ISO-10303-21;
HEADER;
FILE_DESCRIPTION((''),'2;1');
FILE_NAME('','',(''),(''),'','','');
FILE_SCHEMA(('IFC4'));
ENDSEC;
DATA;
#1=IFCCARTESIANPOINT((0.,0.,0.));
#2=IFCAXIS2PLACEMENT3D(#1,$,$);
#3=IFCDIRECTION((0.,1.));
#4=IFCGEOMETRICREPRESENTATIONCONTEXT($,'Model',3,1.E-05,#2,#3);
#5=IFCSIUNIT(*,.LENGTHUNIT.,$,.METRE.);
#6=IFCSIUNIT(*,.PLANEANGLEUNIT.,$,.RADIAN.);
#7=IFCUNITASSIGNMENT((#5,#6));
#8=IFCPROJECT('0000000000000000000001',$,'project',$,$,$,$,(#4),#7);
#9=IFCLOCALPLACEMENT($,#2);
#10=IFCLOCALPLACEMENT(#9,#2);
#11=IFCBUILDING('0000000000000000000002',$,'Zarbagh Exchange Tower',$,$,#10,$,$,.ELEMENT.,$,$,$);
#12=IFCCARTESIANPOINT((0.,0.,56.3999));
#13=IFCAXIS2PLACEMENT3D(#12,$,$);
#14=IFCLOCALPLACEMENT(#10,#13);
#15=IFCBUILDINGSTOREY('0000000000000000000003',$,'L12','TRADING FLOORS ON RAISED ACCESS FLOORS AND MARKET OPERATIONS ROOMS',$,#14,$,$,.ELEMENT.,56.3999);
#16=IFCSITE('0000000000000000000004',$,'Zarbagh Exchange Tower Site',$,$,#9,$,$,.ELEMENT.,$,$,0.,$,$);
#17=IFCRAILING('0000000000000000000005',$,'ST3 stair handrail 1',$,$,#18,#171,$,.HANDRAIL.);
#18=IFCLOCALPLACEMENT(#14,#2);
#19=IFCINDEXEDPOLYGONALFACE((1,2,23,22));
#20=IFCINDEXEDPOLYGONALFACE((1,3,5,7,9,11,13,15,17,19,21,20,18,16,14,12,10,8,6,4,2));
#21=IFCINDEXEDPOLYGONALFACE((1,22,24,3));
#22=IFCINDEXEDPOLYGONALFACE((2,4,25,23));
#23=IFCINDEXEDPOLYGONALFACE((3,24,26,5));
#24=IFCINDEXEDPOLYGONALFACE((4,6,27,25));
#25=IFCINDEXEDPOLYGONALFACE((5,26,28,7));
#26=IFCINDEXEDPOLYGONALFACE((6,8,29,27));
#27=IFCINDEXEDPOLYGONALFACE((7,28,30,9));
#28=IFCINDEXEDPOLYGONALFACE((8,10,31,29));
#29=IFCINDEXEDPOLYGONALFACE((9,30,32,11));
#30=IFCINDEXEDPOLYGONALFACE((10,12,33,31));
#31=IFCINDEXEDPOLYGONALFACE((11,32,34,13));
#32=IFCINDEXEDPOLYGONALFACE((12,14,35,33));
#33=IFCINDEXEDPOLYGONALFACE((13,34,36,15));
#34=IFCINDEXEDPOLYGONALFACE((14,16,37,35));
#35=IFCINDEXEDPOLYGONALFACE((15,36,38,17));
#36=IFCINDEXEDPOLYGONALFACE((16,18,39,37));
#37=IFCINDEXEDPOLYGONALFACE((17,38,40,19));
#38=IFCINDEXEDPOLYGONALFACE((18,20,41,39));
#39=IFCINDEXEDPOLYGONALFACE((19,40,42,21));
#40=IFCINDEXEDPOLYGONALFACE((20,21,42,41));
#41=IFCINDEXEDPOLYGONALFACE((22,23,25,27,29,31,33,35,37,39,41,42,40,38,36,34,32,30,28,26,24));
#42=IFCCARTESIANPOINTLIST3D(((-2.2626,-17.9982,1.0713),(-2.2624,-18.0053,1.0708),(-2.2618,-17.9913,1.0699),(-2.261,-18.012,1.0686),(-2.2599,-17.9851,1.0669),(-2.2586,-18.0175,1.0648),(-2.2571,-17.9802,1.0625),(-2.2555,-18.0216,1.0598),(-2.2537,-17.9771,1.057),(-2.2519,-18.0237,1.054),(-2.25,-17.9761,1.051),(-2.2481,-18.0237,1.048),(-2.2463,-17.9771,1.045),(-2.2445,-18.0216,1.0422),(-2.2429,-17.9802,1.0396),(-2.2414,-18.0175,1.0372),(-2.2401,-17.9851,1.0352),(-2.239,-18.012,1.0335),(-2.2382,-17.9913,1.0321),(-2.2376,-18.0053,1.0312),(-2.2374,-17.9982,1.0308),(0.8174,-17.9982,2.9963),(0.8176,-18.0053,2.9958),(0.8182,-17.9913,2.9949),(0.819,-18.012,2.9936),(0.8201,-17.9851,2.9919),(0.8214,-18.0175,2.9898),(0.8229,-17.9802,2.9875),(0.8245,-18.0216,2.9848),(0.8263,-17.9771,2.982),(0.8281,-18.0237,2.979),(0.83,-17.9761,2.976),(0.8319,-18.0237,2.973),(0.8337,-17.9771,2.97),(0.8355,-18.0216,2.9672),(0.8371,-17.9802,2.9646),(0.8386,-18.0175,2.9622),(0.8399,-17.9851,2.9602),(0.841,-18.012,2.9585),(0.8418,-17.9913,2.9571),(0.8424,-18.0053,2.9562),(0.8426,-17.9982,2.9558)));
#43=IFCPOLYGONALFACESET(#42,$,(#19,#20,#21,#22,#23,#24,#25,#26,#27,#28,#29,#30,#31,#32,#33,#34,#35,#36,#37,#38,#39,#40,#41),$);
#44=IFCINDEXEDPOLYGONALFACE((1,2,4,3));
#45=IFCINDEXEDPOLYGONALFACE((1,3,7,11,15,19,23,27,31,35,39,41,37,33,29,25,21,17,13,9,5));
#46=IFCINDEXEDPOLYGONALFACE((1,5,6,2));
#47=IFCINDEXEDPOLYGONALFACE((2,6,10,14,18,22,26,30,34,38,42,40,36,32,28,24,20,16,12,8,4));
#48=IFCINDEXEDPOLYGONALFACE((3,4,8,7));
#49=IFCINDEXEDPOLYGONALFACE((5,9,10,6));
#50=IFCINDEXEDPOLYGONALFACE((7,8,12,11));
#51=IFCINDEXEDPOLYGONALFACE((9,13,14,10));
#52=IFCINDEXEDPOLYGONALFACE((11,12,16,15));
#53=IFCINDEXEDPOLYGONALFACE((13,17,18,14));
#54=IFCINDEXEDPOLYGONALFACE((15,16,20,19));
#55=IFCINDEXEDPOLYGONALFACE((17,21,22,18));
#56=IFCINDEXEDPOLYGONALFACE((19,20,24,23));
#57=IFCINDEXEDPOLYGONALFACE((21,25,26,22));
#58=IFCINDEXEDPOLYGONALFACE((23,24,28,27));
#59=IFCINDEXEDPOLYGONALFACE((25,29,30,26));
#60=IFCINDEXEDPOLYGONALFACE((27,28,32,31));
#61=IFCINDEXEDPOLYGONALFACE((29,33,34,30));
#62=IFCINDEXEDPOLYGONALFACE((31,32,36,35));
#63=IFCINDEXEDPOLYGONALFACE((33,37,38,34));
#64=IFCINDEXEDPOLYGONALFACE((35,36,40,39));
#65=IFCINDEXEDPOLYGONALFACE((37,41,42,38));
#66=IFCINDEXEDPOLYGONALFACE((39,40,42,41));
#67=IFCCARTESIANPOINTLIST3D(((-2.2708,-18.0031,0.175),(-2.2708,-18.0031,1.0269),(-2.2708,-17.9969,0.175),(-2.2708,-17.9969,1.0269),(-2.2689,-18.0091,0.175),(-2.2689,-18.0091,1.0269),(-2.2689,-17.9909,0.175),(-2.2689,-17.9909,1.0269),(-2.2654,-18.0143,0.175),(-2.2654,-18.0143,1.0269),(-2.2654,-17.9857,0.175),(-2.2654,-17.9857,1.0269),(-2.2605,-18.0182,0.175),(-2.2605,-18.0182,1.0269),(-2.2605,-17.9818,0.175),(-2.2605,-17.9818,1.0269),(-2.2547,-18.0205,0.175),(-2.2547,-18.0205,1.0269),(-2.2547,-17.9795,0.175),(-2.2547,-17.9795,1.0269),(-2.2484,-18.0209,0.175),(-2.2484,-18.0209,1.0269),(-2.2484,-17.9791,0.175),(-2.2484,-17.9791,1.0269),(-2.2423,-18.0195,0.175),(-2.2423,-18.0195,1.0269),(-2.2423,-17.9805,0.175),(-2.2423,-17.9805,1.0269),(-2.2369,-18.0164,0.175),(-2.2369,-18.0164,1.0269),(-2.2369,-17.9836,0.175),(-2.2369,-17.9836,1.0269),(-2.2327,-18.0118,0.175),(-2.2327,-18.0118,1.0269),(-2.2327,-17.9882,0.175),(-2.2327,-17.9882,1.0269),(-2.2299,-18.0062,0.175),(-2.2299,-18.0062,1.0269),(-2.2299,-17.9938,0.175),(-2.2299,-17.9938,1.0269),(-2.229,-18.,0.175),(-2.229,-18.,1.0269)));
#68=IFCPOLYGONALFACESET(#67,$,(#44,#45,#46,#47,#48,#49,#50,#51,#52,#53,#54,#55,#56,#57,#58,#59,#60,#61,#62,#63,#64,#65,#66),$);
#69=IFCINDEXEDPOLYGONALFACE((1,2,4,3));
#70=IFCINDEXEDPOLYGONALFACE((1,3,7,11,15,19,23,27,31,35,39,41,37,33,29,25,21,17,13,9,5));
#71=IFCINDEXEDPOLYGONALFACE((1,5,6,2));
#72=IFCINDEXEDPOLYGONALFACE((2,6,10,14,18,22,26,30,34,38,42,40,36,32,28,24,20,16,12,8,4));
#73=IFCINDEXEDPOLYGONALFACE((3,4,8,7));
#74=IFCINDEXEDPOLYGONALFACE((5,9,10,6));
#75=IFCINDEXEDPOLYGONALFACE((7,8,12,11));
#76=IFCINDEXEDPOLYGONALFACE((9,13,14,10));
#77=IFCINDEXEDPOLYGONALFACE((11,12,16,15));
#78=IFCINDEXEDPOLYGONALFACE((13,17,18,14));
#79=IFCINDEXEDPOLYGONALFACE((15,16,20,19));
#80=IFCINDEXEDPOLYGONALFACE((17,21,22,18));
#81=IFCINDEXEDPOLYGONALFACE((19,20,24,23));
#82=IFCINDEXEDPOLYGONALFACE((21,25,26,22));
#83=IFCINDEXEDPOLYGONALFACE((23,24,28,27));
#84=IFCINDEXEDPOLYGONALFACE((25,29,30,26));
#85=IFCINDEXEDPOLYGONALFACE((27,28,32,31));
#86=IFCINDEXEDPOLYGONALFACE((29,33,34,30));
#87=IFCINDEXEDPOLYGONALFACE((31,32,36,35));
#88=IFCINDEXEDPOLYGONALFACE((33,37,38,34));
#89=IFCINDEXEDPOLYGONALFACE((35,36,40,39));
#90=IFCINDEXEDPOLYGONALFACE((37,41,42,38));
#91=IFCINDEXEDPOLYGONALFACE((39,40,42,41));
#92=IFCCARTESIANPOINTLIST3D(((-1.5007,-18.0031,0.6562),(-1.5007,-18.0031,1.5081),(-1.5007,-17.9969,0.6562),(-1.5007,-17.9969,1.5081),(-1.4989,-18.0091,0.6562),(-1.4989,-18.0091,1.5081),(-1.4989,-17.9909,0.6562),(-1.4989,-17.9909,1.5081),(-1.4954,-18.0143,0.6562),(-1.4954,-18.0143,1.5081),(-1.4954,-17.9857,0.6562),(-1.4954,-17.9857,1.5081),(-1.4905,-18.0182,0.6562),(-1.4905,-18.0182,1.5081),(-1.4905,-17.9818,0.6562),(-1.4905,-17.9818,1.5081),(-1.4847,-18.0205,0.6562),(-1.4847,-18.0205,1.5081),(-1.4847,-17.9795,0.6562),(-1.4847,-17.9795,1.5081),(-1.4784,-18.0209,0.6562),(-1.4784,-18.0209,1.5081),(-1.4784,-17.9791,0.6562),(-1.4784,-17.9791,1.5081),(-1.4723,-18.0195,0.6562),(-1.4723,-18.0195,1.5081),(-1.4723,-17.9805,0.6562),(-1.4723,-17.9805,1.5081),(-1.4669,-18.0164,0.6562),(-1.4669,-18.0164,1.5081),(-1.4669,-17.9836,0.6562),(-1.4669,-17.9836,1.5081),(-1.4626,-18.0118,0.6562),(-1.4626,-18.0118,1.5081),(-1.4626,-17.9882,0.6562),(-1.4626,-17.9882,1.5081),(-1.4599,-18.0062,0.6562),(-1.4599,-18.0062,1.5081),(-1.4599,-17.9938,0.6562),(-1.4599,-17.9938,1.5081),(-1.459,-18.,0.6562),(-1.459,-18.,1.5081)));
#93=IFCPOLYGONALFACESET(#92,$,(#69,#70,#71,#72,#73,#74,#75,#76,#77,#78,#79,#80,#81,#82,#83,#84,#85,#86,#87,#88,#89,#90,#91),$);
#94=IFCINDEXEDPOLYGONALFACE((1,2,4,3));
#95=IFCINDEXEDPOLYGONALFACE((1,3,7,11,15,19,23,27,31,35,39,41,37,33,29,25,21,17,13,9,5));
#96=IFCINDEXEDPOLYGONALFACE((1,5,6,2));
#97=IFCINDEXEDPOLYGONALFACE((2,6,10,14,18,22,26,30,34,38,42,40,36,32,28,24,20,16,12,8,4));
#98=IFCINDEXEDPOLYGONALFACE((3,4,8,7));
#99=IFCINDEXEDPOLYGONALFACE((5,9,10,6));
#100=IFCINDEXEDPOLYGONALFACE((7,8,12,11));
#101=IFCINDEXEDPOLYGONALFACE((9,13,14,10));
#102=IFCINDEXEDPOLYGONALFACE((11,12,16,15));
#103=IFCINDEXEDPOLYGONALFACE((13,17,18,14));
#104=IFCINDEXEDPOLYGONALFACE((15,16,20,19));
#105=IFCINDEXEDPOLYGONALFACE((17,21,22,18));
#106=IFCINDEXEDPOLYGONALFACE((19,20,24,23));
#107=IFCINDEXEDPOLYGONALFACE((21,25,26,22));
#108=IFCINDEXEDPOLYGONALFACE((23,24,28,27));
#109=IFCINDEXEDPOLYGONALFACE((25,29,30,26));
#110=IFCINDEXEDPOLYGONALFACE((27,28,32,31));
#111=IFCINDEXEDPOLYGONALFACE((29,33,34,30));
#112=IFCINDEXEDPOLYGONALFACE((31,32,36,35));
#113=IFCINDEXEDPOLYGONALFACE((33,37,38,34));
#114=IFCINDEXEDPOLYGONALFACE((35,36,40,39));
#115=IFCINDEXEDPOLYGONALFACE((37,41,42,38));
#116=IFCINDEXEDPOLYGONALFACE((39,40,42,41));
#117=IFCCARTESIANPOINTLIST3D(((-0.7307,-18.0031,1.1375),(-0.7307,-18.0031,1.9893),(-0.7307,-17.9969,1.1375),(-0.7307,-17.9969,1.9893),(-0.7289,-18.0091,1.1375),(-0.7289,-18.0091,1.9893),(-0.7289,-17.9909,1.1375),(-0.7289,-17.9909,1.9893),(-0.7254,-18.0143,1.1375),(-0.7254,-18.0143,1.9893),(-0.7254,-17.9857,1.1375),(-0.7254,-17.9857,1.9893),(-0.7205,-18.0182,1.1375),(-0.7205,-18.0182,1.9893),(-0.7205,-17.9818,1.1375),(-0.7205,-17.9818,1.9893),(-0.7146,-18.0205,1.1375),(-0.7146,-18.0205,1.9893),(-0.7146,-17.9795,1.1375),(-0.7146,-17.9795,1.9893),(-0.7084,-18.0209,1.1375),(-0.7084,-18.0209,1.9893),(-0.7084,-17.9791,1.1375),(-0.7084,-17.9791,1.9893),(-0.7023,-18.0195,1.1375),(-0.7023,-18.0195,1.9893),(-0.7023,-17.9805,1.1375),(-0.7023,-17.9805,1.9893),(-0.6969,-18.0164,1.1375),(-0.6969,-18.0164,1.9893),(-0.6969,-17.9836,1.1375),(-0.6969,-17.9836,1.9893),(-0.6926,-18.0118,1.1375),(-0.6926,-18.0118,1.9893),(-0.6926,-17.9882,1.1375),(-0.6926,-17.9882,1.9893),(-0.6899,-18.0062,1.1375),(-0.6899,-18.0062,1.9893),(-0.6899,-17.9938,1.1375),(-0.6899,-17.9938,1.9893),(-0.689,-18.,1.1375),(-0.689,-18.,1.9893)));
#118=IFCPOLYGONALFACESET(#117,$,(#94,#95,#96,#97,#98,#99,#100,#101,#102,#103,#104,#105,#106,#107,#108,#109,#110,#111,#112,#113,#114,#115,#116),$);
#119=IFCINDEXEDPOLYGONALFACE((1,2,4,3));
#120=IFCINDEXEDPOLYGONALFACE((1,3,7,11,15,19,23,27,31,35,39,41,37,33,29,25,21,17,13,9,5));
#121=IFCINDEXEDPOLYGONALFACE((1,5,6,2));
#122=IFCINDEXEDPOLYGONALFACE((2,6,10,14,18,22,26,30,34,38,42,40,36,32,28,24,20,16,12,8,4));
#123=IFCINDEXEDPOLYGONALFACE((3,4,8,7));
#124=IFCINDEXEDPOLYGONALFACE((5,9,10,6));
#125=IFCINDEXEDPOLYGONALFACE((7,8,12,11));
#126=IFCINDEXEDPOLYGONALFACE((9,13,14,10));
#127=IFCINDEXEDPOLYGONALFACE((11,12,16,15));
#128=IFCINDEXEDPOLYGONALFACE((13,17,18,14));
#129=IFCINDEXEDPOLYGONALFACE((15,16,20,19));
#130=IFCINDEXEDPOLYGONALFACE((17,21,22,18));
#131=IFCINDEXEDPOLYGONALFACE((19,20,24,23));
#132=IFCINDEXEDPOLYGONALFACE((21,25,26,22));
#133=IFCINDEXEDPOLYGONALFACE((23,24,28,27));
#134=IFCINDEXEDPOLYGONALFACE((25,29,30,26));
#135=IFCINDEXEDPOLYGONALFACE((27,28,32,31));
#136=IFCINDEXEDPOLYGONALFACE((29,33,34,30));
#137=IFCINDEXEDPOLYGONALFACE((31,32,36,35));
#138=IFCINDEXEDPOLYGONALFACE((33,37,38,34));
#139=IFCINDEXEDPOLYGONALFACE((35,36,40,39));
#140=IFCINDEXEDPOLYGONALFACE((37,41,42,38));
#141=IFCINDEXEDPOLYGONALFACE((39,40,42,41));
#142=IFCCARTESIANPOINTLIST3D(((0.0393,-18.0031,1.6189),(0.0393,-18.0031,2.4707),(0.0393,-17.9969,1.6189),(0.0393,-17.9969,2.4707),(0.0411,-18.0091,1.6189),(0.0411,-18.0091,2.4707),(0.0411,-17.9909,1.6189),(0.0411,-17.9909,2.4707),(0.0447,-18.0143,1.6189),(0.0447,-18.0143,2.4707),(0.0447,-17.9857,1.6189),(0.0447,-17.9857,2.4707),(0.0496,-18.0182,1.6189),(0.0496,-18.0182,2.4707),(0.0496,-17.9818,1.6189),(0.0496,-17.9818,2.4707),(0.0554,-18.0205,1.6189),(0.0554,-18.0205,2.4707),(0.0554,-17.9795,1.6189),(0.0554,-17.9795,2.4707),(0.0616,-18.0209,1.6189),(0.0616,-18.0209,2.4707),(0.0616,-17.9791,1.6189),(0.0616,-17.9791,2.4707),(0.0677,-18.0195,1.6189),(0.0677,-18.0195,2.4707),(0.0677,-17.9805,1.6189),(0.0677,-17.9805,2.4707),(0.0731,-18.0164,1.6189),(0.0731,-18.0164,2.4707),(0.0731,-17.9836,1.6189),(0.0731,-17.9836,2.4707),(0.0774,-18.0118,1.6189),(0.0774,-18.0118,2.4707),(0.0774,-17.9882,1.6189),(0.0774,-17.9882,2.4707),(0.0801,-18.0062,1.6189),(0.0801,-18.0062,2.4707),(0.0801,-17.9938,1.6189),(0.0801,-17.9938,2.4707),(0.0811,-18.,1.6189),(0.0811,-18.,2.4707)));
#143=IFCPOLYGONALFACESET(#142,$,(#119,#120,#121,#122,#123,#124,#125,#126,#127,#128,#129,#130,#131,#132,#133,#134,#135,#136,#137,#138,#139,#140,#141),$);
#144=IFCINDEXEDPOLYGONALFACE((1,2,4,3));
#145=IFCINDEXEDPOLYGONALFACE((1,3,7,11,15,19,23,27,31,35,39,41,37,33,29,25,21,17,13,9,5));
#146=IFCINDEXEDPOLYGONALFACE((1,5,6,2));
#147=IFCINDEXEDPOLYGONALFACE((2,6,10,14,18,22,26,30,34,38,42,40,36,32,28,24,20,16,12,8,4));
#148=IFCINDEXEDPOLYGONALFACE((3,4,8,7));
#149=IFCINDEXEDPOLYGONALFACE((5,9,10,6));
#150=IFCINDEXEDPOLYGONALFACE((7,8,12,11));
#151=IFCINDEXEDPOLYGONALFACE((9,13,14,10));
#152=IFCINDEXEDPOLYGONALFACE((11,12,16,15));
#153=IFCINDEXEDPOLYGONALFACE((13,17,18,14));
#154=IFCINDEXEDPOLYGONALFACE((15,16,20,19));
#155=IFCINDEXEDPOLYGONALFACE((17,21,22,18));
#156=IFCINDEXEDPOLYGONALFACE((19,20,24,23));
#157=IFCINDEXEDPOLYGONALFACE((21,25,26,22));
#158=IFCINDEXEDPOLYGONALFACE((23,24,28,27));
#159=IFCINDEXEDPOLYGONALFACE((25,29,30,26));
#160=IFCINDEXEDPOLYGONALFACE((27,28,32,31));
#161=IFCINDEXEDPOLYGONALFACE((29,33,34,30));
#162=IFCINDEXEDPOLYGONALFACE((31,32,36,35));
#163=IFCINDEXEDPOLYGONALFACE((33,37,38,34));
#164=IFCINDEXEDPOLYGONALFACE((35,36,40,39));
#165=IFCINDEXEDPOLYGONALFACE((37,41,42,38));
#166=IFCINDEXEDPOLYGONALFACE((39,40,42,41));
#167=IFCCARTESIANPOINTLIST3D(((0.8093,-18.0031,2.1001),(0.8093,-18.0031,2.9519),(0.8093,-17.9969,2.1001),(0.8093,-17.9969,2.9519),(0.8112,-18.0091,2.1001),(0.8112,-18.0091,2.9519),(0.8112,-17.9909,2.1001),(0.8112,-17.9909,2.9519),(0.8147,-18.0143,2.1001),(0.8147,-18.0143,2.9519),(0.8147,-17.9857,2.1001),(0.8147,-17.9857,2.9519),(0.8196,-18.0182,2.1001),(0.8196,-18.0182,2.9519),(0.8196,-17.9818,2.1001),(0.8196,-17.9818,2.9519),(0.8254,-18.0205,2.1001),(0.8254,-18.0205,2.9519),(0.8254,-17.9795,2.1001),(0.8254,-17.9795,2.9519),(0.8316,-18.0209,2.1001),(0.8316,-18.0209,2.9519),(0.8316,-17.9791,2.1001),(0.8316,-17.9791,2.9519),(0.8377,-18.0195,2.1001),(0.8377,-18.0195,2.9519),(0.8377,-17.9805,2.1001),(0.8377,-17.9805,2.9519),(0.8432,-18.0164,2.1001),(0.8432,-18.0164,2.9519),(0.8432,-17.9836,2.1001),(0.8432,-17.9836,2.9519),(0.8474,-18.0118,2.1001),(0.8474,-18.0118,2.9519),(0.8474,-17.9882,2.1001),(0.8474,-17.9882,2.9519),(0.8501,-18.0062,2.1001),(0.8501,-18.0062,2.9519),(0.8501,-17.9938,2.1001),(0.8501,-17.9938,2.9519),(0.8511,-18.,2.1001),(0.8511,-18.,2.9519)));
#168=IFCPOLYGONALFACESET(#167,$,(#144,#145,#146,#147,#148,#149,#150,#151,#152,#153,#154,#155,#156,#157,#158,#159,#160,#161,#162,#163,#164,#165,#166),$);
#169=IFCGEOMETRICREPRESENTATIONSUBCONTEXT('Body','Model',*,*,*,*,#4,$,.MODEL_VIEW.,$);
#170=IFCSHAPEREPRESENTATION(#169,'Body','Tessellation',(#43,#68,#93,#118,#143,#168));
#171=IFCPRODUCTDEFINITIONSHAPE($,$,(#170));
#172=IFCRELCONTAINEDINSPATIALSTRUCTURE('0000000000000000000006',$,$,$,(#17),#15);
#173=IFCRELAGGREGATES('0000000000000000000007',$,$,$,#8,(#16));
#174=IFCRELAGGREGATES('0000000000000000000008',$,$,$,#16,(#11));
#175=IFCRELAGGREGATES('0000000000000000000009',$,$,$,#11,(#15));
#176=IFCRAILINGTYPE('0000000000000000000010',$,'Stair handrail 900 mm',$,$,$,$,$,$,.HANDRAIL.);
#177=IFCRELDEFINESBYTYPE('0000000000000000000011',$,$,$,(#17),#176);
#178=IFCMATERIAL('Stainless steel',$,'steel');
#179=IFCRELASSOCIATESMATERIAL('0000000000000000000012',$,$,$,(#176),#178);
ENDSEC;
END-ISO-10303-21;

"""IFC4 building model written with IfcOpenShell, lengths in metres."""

from ifc_helpers import new_model, si_unit, direction, frame, origin, origin_2d, place, context, subcontext, project, spatial, circle, extrude, material, type_object, element, save


model = new_model("IFC4")

# Units and contexts
model_context = context("Model", 3, precision=1e-05, world=origin(), true_north=direction((0.0, 1.0)))
body_context = subcontext(model_context, "Body", "Model", "MODEL_VIEW")
ifc_project = project(units=[si_unit("LENGTHUNIT", "METRE"), si_unit("PLANEANGLEUNIT", "RADIAN")], contexts=[model_context])

# Site, building, storey
site_placement = place(None, origin())
site = spatial("IfcSite", under=ifc_project, at=site_placement, Name="Zarbagh Exchange Tower Site", CompositionType="ELEMENT", RefElevation=0.0)
building_placement = place(site_placement, origin())
building = spatial("IfcBuilding", under=site, at=building_placement, Name="Zarbagh Exchange Tower", CompositionType="ELEMENT")
storey_placement = place(building_placement, frame((0.0, 0.0, 56.3999)))
storey = spatial("IfcBuildingStorey", under=building, at=storey_placement, Name="L12", Description="TRADING FLOORS ON RAISED ACCESS FLOORS AND MARKET OPERATIONS ROOMS", CompositionType="ELEMENT", Elevation=56.3999)

# Shared definitions
ifc_material_1 = material(Name="Stainless steel", Category="steel")

# Railing
railing_type_1 = type_object("IfcRailingType", Name="Stair handrail 900 mm", PredefinedType="HANDRAIL", material=ifc_material_1)
for number, where, name in (
    (1, (-2.25, -18.0, 0.175), "ST3 stair handrail 1"),
):
    element("IfcRailing", number, at=place(storey_placement, frame(where)), inside=storey, type_object=railing_type_1, Name=name, PredefinedType="HANDRAIL", context=body_context, shape_type="SweptSolid", body=[
        extrude(circle(Radius=0.0239, at=origin_2d()), frame((0.0, 0.0, 0.876), z_axis=(0.847998, 0.0, 0.529999), x_axis=(0.0, 1.0, 0.0)), (0.0, 0.0, 1.0), 3.6321),
        extrude(circle(Radius=0.021, at=origin_2d()), origin(), (0.0, 0.0, 1.0), 0.8518),
        extrude(circle(Radius=0.021, at=origin_2d()), frame((0.77, 0.0, 0.4812)), (0.0, 0.0, 1.0), 0.8518),
        extrude(circle(Radius=0.021, at=origin_2d()), frame((1.54, 0.0, 0.9624)), (0.0, 0.0, 1.0), 0.8518),
        extrude(circle(Radius=0.021, at=origin_2d()), frame((2.3101, 0.0, 1.4438)), (0.0, 0.0, 1.0), 0.8518),
        extrude(circle(Radius=0.021, at=origin_2d()), frame((3.0801, 0.0, 1.925)), (0.0, 0.0, 1.0), 0.8518),
    ])

save(model, "model.ifc")
